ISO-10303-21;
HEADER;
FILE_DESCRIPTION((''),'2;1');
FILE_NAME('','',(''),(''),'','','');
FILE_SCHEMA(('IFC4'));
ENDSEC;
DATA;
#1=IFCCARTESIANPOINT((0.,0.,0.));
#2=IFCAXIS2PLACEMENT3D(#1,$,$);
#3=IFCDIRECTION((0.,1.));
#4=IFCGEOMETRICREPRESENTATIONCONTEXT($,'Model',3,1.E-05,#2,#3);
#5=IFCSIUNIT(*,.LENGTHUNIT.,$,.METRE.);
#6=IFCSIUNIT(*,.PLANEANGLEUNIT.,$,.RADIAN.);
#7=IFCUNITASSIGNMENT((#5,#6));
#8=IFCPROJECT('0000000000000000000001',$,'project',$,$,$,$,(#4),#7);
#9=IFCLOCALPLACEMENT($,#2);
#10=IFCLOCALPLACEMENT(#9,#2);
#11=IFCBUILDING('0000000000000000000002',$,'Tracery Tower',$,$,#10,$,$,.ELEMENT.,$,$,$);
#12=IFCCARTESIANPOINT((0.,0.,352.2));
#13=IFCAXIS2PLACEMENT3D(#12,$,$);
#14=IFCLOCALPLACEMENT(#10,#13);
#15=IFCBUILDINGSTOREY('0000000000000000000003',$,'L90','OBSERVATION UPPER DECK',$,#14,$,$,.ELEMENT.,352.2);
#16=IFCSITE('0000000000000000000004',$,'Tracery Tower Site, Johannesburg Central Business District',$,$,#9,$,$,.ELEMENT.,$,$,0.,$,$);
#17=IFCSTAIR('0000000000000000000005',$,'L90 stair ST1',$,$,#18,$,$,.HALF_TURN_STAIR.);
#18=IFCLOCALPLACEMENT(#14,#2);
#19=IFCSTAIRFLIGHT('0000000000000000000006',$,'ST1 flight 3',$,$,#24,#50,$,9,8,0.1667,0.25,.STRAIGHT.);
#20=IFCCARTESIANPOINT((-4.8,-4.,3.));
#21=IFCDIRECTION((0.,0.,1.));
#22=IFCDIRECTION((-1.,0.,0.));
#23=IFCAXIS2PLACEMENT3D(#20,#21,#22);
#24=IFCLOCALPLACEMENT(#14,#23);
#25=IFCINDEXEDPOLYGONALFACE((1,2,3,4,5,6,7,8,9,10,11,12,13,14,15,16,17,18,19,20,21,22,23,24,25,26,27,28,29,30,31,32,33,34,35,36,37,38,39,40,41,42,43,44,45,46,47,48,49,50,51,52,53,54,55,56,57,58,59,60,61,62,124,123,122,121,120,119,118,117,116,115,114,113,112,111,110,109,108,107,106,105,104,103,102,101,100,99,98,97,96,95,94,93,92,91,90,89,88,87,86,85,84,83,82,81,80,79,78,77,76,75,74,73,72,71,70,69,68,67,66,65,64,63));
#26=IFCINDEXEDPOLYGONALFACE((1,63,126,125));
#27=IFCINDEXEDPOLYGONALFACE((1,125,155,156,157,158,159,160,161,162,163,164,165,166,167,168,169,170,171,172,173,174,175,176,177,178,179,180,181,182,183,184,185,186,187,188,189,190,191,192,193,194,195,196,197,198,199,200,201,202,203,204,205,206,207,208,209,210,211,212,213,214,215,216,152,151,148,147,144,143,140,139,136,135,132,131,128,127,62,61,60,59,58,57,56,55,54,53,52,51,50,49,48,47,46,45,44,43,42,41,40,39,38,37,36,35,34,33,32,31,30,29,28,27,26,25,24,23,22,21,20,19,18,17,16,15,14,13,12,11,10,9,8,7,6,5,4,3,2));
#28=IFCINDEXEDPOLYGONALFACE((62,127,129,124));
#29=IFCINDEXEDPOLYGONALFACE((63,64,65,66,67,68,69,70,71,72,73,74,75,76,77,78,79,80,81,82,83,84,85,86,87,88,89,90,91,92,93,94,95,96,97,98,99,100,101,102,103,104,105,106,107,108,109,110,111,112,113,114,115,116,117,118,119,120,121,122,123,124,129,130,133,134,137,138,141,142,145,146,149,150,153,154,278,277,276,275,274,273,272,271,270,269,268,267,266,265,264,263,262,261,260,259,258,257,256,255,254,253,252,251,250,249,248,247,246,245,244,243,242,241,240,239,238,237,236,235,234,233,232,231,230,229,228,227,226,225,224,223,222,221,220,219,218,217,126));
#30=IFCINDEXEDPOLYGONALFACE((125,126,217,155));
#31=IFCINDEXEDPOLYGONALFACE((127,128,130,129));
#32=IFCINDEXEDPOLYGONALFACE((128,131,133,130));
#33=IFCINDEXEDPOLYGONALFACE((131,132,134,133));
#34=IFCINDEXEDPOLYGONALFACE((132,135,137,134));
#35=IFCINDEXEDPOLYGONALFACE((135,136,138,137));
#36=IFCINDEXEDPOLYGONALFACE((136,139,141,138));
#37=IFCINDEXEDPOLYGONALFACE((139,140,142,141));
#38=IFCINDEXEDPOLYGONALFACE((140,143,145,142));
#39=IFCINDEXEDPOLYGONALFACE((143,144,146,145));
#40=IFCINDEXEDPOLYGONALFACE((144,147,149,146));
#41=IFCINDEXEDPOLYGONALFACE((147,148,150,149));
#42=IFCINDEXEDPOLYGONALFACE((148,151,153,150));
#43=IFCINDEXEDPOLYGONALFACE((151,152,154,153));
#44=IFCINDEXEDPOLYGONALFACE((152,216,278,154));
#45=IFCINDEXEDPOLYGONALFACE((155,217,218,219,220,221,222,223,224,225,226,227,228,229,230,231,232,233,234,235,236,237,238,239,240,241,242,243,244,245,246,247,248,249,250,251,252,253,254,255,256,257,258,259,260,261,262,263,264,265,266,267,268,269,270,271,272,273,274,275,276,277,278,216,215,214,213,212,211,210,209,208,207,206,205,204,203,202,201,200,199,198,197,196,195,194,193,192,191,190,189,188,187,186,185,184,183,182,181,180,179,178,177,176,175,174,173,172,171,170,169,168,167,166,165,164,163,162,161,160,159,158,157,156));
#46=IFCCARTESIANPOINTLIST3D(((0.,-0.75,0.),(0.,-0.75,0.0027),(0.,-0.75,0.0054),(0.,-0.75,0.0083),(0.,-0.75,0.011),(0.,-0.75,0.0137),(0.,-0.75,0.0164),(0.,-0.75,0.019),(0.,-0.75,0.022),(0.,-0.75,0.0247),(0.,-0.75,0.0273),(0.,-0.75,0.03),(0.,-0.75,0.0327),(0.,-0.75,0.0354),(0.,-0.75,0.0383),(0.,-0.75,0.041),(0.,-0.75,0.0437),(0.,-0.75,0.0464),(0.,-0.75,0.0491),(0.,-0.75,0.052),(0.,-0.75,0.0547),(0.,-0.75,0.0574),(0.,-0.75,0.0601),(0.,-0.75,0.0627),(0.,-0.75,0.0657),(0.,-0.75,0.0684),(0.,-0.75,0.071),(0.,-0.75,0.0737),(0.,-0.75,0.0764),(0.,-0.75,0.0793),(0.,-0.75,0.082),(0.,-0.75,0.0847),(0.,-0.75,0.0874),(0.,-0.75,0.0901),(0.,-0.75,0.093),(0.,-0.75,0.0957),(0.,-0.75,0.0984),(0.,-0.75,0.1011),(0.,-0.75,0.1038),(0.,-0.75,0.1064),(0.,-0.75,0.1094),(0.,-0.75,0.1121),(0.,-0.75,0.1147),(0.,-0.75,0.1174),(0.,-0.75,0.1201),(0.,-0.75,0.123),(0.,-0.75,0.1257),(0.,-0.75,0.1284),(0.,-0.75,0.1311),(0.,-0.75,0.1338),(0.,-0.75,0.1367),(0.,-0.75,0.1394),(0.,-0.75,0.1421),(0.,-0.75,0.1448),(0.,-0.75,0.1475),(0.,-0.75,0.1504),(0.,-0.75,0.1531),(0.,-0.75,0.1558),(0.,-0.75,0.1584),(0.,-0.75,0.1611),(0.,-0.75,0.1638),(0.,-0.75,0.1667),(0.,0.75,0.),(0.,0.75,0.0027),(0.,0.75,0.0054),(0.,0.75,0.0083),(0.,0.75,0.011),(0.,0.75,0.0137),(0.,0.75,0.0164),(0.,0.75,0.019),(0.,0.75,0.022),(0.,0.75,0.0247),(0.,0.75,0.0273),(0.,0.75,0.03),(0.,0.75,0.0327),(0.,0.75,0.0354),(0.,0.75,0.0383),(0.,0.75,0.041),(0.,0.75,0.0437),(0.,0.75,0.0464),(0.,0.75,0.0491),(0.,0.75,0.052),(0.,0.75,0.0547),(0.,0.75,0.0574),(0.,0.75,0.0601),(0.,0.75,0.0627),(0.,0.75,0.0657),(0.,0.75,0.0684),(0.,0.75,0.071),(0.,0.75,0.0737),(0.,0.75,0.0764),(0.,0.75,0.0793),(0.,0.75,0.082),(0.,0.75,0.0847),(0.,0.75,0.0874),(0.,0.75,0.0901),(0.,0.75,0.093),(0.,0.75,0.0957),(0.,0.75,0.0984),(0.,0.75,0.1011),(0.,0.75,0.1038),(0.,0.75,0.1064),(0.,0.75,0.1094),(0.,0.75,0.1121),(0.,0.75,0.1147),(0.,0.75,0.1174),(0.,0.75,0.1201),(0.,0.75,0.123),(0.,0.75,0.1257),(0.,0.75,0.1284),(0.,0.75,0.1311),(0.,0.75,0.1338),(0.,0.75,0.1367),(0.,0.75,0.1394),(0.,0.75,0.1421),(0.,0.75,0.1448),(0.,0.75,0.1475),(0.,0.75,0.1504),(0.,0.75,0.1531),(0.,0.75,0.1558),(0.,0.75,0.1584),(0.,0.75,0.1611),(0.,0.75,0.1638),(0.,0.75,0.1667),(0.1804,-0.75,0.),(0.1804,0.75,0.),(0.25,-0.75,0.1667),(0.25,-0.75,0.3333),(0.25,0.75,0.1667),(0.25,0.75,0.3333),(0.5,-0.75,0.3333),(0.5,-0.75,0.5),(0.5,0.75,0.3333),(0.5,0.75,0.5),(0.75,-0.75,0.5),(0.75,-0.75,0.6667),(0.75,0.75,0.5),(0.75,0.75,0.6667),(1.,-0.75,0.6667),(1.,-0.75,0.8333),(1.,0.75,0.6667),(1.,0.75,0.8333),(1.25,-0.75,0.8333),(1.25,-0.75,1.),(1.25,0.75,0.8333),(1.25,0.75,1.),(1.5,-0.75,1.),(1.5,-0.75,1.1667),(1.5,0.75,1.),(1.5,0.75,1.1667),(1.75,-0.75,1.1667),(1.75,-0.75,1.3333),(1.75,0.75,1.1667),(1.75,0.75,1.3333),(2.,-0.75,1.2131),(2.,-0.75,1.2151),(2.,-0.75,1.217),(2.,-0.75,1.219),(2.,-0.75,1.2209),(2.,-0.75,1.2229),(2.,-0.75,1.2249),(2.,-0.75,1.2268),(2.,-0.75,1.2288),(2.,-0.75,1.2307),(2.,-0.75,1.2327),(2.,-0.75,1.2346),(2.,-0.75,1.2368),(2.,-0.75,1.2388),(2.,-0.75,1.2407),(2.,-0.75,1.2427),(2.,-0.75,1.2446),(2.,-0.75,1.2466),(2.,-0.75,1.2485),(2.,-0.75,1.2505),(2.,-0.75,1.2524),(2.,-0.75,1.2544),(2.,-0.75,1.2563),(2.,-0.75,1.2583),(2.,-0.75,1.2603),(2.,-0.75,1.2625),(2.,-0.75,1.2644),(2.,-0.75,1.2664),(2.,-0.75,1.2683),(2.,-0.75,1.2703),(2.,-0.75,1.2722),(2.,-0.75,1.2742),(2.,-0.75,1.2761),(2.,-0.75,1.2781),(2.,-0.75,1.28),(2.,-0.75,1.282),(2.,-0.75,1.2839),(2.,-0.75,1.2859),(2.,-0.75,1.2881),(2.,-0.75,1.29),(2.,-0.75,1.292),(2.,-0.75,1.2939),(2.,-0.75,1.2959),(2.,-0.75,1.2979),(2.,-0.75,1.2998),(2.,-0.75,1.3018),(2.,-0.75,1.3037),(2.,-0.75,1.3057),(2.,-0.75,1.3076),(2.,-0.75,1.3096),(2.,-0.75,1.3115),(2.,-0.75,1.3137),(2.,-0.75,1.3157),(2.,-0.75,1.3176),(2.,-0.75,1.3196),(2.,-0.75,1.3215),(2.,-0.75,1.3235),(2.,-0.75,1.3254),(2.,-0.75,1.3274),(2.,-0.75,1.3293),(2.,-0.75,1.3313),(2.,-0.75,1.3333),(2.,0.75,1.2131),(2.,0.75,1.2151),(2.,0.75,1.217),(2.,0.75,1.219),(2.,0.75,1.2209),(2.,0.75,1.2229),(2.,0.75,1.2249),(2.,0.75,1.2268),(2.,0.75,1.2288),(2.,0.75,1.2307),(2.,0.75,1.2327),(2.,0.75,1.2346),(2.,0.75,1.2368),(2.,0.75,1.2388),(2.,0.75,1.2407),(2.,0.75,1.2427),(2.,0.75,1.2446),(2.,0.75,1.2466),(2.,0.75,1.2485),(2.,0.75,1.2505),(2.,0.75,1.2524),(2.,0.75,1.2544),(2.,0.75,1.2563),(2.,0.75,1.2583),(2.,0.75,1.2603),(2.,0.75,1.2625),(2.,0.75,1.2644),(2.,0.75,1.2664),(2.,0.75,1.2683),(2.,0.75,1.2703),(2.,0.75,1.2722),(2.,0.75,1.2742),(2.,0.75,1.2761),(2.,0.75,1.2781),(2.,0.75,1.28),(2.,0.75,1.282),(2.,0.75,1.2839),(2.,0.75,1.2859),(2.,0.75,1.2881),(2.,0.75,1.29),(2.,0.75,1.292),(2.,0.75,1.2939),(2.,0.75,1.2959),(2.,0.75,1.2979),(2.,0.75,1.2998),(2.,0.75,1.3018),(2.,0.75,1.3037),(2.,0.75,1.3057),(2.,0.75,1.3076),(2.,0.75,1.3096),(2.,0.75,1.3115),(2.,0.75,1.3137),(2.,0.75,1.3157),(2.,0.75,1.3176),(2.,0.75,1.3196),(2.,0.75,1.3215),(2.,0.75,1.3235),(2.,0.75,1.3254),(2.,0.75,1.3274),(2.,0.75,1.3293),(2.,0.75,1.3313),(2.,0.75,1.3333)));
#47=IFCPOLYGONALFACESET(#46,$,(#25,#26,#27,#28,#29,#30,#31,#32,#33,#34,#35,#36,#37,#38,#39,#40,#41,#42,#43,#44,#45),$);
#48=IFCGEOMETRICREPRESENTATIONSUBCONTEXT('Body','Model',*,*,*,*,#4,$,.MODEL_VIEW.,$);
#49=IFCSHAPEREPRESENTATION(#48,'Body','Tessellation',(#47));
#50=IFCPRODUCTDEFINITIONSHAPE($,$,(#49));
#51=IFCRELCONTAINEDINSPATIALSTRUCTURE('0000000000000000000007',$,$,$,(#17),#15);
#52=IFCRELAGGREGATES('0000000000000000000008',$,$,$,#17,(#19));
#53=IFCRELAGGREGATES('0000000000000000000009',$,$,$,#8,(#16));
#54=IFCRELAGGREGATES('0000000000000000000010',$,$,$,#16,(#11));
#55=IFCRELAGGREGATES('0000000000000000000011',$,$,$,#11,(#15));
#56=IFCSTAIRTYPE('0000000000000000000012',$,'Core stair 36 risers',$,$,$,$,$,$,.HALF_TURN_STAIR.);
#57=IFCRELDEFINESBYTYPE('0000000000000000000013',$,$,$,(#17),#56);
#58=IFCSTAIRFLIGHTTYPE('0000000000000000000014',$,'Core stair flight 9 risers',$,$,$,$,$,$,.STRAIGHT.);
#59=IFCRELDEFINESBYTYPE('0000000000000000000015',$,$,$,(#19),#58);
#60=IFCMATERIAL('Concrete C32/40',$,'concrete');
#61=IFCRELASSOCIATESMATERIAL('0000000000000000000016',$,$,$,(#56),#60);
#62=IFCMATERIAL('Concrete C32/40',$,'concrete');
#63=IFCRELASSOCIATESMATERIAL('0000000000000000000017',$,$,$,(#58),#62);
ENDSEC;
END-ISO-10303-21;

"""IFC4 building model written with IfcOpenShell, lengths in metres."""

from ifc_helpers import new_model, si_unit, direction, frame, origin, place, context, subcontext, project, spatial, polyline, outline, extrude, material, type_object, element, aggregate, save


model = new_model("IFC4")

# Units and contexts
model_context = context("Model", 3, precision=1e-05, world=origin(), true_north=direction((0.0, 1.0)))
body_context = subcontext(model_context, "Body", "Model", "MODEL_VIEW")
ifc_project = project(units=[si_unit("LENGTHUNIT", "METRE"), si_unit("PLANEANGLEUNIT", "RADIAN")], contexts=[model_context])

# Site, building, storey
site_placement = place(None, origin())
site = spatial("IfcSite", under=ifc_project, at=site_placement, Name="Tracery Tower Site, Johannesburg Central Business District", CompositionType="ELEMENT", RefElevation=0.0)
building_placement = place(site_placement, origin())
building = spatial("IfcBuilding", under=site, at=building_placement, Name="Tracery Tower", CompositionType="ELEMENT")
storey_placement = place(building_placement, frame((0.0, 0.0, 352.2)))
storey = spatial("IfcBuildingStorey", under=building, at=storey_placement, Name="L90", Description="OBSERVATION UPPER DECK", CompositionType="ELEMENT", Elevation=352.2)

# Stair, stair flight
ifc_material_1 = material(Name="Concrete C32/40", Category="concrete")
stair_type = type_object("IfcStairType", Name="Core stair 36 risers", PredefinedType="HALF_TURN_STAIR", material=ifc_material_1)
stair_placement = place(storey_placement, origin())
stair = element("IfcStair", 1, at=stair_placement, inside=storey, type_object=stair_type, Name="L90 stair ST1", PredefinedType="HALF_TURN_STAIR")
ifc_material_2 = material(Name="Concrete C32/40", Category="concrete")
stair_flight_type = type_object("IfcStairFlightType", Name="Core stair flight 9 risers", PredefinedType="STRAIGHT", material=ifc_material_2)
stair_flight_1_placement = place(storey_placement, frame((-4.8, -4.0, 3.0), z_axis=(0.0, 0.0, 1.0), x_axis=(-1.0, 0.0, 0.0)))
stair_flight_1 = element("IfcStairFlight", 2, at=stair_flight_1_placement, type_object=stair_flight_type, Name="ST1 flight 3", NumberOfRisers=9, NumberOfTreads=8, PredefinedType="STRAIGHT", RiserHeight=0.1667, TreadLength=0.25, context=body_context, shape_type="SweptSolid", body=[
    extrude(outline(polyline([(0.0, 0.0), (0.0, 0.0027), (0.0, 0.0054), (0.0, 0.0083), (0.0, 0.011), (0.0, 0.0137), (0.0, 0.0164), (0.0, 0.019), (0.0, 0.022), (0.0, 0.0247), (0.0, 0.0273), (0.0, 0.03), (0.0, 0.0327), (0.0, 0.0354), (0.0, 0.0383), (0.0, 0.041), (0.0, 0.0437), (0.0, 0.0464), (0.0, 0.0491), (0.0, 0.052), (0.0, 0.0547), (0.0, 0.0574), (0.0, 0.0601), (0.0, 0.0627), (0.0, 0.0657), (0.0, 0.0684), (0.0, 0.071), (0.0, 0.0737), (0.0, 0.0764), (0.0, 0.0793), (0.0, 0.082), (0.0, 0.0847), (0.0, 0.0874), (0.0, 0.0901), (0.0, 0.093), (0.0, 0.0957), (0.0, 0.0984), (0.0, 0.1011), (0.0, 0.1038), (0.0, 0.1064), (0.0, 0.1094), (0.0, 0.1121), (0.0, 0.1147), (0.0, 0.1174), (0.0, 0.1201), (0.0, 0.123), (0.0, 0.1257), (0.0, 0.1284), (0.0, 0.1311), (0.0, 0.1338), (0.0, 0.1367), (0.0, 0.1394), (0.0, 0.1421), (0.0, 0.1448), (0.0, 0.1475), (0.0, 0.1504), (0.0, 0.1531), (0.0, 0.1558), (0.0, 0.1584), (0.0, 0.1611), (0.0, 0.1638), (0.0, 0.1667), (0.25, 0.1667), (0.25, 0.3333), (0.5, 0.3333), (0.5, 0.5), (0.75, 0.5), (0.75, 0.6667), (1.0, 0.6667), (1.0, 0.8333), (1.25, 0.8333), (1.25, 1.0), (1.5, 1.0), (1.5, 1.1667), (1.75, 1.1667), (1.75, 1.3333), (2.0, 1.3333), (2.0, 1.3313), (2.0, 1.3293), (2.0, 1.3274), (2.0, 1.3254), (2.0, 1.3235), (2.0, 1.3215), (2.0, 1.3196), (2.0, 1.3176), (2.0, 1.3157), (2.0, 1.3137), (2.0, 1.3115), (2.0, 1.3096), (2.0, 1.3076), (2.0, 1.3057), (2.0, 1.3037), (2.0, 1.3018), (2.0, 1.2998), (2.0, 1.2979), (2.0, 1.2959), (2.0, 1.2939), (2.0, 1.292), (2.0, 1.29), (2.0, 1.2881), (2.0, 1.2859), (2.0, 1.2839), (2.0, 1.282), (2.0, 1.28), (2.0, 1.2781), (2.0, 1.2761), (2.0, 1.2742), (2.0, 1.2722), (2.0, 1.2703), (2.0, 1.2683), (2.0, 1.2664), (2.0, 1.2644), (2.0, 1.2625), (2.0, 1.2603), (2.0, 1.2583), (2.0, 1.2563), (2.0, 1.2544), (2.0, 1.2524), (2.0, 1.2505), (2.0, 1.2485), (2.0, 1.2466), (2.0, 1.2446), (2.0, 1.2427), (2.0, 1.2407), (2.0, 1.2388), (2.0, 1.2368), (2.0, 1.2346), (2.0, 1.2327), (2.0, 1.2307), (2.0, 1.2288), (2.0, 1.2268), (2.0, 1.2249), (2.0, 1.2229), (2.0, 1.2209), (2.0, 1.219), (2.0, 1.217), (2.0, 1.2151), (2.0, 1.2131), (0.1804, 0.0), (0.0, 0.0)])), frame((0.0, 0.75, 0.0), z_axis=(0.0, -1.0, 0.0), x_axis=(1.0, 0.0, 0.0)), (0.0, 0.0, 1.0), 1.5),
])
aggregate(stair, [stair_flight_1])

save(model, "model.ifc")
